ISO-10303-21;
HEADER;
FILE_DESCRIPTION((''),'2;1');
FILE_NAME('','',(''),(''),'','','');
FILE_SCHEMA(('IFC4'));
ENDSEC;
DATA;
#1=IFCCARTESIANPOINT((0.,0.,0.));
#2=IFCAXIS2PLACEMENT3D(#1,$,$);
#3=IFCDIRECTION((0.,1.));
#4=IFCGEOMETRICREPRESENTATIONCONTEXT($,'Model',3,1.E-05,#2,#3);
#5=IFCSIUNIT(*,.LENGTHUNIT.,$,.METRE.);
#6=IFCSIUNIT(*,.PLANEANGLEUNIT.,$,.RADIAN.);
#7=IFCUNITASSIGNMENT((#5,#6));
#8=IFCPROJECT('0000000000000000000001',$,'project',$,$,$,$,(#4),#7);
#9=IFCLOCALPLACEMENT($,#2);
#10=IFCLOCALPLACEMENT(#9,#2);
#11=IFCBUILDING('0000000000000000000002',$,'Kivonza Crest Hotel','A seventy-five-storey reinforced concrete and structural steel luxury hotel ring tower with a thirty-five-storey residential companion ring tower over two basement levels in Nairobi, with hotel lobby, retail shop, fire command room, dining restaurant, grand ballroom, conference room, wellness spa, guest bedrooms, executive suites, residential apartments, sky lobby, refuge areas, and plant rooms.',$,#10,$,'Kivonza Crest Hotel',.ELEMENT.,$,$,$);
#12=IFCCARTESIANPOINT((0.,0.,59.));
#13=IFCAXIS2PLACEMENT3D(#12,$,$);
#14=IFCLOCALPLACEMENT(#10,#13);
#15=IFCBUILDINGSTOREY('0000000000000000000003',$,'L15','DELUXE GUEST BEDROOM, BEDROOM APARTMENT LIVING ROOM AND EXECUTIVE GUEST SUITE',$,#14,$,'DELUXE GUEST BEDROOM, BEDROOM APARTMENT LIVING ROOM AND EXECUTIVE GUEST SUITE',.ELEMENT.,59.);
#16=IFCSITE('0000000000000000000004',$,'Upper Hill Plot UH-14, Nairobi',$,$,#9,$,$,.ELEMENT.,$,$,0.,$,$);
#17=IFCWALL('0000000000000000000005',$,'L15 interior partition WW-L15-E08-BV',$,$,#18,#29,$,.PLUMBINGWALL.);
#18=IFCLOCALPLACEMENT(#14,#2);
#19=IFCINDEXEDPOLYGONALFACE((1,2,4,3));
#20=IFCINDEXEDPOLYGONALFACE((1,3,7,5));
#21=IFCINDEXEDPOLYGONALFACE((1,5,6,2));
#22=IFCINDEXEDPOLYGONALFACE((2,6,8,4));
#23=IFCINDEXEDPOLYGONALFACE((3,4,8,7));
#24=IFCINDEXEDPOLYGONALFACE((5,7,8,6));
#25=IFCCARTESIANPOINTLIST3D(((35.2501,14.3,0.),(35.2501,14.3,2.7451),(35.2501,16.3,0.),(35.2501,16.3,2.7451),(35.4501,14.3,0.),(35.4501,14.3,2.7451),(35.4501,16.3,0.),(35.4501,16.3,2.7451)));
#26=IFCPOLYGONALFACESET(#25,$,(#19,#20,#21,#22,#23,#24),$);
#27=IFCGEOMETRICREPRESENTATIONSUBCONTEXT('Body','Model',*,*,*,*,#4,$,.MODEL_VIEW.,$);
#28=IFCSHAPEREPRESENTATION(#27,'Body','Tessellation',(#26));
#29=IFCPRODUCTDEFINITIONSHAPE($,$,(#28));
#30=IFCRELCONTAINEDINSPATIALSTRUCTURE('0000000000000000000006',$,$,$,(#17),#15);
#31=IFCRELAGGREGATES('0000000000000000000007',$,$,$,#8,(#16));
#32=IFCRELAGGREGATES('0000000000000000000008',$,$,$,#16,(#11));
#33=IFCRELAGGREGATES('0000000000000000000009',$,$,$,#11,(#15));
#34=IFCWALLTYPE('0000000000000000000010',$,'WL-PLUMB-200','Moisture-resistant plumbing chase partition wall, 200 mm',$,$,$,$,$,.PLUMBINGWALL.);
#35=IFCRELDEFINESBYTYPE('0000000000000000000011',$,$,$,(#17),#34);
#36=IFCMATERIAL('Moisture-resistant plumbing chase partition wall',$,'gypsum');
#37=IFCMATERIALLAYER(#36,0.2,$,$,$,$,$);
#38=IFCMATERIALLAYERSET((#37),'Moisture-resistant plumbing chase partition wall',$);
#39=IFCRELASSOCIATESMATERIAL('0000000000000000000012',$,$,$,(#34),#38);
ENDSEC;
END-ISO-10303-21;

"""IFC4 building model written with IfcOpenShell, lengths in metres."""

from ifc_helpers import new_model, si_unit, direction, frame, frame_2d, origin, place, context, subcontext, project, spatial, rectangle, extrude, material, layer, layer_set, type_object, element, save


model = new_model("IFC4")

# Units and contexts
model_context = context("Model", 3, precision=1e-05, world=origin(), true_north=direction((0.0, 1.0)))
body_context = subcontext(model_context, "Body", "Model", "MODEL_VIEW")
ifc_project = project(units=[si_unit("LENGTHUNIT", "METRE"), si_unit("PLANEANGLEUNIT", "RADIAN")], contexts=[model_context])

# Site, building, storey
site_placement = place(None, origin())
site = spatial("IfcSite", under=ifc_project, at=site_placement, Name="Upper Hill Plot UH-14, Nairobi", CompositionType="ELEMENT", RefElevation=0.0)
building_placement = place(site_placement, origin())
building = spatial("IfcBuilding", under=site, at=building_placement, Name="Kivonza Crest Hotel", Description="A seventy-five-storey reinforced concrete and structural steel luxury hotel ring tower with a thirty-five-storey residential companion ring tower over two basement levels in Nairobi, with hotel lobby, retail shop, fire command room, dining restaurant, grand ballroom, conference room, wellness spa, guest bedrooms, executive suites, residential apartments, sky lobby, refuge areas, and plant rooms.", LongName="Kivonza Crest Hotel", CompositionType="ELEMENT")
storey_placement = place(building_placement, frame((0.0, 0.0, 59.0)))
storey = spatial("IfcBuildingStorey", under=building, at=storey_placement, Name="L15", Description="DELUXE GUEST BEDROOM, BEDROOM APARTMENT LIVING ROOM AND EXECUTIVE GUEST SUITE", LongName="DELUXE GUEST BEDROOM, BEDROOM APARTMENT LIVING ROOM AND EXECUTIVE GUEST SUITE", CompositionType="ELEMENT", Elevation=59.0)

# Wall
ifc_material_1 = material(Name="Moisture-resistant plumbing chase partition wall", Category="gypsum")
ifc_layer_1 = layer(ifc_material_1, 0.2)
ifc_layer_set_1 = layer_set([ifc_layer_1], Name="Moisture-resistant plumbing chase partition wall")
wall_type_1 = type_object("IfcWallType", Name="WL-PLUMB-200", Description="Moisture-resistant plumbing chase partition wall, 200 mm", PredefinedType="PLUMBINGWALL", material=ifc_layer_set_1)
wall_1_placement = place(storey_placement, frame((35.3501, 14.3, 0.0), z_axis=(0.0, 0.0, 1.0), x_axis=(0.0, 1.0, 0.0)))
element("IfcWall", 1, at=wall_1_placement, inside=storey, type_object=wall_type_1, Name="L15 interior partition WW-L15-E08-BV", PredefinedType="PLUMBINGWALL", context=body_context, shape_type="SweptSolid", body=[
    extrude(rectangle(XDim=2.0, YDim=0.2, at=frame_2d((1.0, 0.0))), origin(), (0.0, 0.0, 1.0), 2.7451),
])

save(model, "model.ifc")
